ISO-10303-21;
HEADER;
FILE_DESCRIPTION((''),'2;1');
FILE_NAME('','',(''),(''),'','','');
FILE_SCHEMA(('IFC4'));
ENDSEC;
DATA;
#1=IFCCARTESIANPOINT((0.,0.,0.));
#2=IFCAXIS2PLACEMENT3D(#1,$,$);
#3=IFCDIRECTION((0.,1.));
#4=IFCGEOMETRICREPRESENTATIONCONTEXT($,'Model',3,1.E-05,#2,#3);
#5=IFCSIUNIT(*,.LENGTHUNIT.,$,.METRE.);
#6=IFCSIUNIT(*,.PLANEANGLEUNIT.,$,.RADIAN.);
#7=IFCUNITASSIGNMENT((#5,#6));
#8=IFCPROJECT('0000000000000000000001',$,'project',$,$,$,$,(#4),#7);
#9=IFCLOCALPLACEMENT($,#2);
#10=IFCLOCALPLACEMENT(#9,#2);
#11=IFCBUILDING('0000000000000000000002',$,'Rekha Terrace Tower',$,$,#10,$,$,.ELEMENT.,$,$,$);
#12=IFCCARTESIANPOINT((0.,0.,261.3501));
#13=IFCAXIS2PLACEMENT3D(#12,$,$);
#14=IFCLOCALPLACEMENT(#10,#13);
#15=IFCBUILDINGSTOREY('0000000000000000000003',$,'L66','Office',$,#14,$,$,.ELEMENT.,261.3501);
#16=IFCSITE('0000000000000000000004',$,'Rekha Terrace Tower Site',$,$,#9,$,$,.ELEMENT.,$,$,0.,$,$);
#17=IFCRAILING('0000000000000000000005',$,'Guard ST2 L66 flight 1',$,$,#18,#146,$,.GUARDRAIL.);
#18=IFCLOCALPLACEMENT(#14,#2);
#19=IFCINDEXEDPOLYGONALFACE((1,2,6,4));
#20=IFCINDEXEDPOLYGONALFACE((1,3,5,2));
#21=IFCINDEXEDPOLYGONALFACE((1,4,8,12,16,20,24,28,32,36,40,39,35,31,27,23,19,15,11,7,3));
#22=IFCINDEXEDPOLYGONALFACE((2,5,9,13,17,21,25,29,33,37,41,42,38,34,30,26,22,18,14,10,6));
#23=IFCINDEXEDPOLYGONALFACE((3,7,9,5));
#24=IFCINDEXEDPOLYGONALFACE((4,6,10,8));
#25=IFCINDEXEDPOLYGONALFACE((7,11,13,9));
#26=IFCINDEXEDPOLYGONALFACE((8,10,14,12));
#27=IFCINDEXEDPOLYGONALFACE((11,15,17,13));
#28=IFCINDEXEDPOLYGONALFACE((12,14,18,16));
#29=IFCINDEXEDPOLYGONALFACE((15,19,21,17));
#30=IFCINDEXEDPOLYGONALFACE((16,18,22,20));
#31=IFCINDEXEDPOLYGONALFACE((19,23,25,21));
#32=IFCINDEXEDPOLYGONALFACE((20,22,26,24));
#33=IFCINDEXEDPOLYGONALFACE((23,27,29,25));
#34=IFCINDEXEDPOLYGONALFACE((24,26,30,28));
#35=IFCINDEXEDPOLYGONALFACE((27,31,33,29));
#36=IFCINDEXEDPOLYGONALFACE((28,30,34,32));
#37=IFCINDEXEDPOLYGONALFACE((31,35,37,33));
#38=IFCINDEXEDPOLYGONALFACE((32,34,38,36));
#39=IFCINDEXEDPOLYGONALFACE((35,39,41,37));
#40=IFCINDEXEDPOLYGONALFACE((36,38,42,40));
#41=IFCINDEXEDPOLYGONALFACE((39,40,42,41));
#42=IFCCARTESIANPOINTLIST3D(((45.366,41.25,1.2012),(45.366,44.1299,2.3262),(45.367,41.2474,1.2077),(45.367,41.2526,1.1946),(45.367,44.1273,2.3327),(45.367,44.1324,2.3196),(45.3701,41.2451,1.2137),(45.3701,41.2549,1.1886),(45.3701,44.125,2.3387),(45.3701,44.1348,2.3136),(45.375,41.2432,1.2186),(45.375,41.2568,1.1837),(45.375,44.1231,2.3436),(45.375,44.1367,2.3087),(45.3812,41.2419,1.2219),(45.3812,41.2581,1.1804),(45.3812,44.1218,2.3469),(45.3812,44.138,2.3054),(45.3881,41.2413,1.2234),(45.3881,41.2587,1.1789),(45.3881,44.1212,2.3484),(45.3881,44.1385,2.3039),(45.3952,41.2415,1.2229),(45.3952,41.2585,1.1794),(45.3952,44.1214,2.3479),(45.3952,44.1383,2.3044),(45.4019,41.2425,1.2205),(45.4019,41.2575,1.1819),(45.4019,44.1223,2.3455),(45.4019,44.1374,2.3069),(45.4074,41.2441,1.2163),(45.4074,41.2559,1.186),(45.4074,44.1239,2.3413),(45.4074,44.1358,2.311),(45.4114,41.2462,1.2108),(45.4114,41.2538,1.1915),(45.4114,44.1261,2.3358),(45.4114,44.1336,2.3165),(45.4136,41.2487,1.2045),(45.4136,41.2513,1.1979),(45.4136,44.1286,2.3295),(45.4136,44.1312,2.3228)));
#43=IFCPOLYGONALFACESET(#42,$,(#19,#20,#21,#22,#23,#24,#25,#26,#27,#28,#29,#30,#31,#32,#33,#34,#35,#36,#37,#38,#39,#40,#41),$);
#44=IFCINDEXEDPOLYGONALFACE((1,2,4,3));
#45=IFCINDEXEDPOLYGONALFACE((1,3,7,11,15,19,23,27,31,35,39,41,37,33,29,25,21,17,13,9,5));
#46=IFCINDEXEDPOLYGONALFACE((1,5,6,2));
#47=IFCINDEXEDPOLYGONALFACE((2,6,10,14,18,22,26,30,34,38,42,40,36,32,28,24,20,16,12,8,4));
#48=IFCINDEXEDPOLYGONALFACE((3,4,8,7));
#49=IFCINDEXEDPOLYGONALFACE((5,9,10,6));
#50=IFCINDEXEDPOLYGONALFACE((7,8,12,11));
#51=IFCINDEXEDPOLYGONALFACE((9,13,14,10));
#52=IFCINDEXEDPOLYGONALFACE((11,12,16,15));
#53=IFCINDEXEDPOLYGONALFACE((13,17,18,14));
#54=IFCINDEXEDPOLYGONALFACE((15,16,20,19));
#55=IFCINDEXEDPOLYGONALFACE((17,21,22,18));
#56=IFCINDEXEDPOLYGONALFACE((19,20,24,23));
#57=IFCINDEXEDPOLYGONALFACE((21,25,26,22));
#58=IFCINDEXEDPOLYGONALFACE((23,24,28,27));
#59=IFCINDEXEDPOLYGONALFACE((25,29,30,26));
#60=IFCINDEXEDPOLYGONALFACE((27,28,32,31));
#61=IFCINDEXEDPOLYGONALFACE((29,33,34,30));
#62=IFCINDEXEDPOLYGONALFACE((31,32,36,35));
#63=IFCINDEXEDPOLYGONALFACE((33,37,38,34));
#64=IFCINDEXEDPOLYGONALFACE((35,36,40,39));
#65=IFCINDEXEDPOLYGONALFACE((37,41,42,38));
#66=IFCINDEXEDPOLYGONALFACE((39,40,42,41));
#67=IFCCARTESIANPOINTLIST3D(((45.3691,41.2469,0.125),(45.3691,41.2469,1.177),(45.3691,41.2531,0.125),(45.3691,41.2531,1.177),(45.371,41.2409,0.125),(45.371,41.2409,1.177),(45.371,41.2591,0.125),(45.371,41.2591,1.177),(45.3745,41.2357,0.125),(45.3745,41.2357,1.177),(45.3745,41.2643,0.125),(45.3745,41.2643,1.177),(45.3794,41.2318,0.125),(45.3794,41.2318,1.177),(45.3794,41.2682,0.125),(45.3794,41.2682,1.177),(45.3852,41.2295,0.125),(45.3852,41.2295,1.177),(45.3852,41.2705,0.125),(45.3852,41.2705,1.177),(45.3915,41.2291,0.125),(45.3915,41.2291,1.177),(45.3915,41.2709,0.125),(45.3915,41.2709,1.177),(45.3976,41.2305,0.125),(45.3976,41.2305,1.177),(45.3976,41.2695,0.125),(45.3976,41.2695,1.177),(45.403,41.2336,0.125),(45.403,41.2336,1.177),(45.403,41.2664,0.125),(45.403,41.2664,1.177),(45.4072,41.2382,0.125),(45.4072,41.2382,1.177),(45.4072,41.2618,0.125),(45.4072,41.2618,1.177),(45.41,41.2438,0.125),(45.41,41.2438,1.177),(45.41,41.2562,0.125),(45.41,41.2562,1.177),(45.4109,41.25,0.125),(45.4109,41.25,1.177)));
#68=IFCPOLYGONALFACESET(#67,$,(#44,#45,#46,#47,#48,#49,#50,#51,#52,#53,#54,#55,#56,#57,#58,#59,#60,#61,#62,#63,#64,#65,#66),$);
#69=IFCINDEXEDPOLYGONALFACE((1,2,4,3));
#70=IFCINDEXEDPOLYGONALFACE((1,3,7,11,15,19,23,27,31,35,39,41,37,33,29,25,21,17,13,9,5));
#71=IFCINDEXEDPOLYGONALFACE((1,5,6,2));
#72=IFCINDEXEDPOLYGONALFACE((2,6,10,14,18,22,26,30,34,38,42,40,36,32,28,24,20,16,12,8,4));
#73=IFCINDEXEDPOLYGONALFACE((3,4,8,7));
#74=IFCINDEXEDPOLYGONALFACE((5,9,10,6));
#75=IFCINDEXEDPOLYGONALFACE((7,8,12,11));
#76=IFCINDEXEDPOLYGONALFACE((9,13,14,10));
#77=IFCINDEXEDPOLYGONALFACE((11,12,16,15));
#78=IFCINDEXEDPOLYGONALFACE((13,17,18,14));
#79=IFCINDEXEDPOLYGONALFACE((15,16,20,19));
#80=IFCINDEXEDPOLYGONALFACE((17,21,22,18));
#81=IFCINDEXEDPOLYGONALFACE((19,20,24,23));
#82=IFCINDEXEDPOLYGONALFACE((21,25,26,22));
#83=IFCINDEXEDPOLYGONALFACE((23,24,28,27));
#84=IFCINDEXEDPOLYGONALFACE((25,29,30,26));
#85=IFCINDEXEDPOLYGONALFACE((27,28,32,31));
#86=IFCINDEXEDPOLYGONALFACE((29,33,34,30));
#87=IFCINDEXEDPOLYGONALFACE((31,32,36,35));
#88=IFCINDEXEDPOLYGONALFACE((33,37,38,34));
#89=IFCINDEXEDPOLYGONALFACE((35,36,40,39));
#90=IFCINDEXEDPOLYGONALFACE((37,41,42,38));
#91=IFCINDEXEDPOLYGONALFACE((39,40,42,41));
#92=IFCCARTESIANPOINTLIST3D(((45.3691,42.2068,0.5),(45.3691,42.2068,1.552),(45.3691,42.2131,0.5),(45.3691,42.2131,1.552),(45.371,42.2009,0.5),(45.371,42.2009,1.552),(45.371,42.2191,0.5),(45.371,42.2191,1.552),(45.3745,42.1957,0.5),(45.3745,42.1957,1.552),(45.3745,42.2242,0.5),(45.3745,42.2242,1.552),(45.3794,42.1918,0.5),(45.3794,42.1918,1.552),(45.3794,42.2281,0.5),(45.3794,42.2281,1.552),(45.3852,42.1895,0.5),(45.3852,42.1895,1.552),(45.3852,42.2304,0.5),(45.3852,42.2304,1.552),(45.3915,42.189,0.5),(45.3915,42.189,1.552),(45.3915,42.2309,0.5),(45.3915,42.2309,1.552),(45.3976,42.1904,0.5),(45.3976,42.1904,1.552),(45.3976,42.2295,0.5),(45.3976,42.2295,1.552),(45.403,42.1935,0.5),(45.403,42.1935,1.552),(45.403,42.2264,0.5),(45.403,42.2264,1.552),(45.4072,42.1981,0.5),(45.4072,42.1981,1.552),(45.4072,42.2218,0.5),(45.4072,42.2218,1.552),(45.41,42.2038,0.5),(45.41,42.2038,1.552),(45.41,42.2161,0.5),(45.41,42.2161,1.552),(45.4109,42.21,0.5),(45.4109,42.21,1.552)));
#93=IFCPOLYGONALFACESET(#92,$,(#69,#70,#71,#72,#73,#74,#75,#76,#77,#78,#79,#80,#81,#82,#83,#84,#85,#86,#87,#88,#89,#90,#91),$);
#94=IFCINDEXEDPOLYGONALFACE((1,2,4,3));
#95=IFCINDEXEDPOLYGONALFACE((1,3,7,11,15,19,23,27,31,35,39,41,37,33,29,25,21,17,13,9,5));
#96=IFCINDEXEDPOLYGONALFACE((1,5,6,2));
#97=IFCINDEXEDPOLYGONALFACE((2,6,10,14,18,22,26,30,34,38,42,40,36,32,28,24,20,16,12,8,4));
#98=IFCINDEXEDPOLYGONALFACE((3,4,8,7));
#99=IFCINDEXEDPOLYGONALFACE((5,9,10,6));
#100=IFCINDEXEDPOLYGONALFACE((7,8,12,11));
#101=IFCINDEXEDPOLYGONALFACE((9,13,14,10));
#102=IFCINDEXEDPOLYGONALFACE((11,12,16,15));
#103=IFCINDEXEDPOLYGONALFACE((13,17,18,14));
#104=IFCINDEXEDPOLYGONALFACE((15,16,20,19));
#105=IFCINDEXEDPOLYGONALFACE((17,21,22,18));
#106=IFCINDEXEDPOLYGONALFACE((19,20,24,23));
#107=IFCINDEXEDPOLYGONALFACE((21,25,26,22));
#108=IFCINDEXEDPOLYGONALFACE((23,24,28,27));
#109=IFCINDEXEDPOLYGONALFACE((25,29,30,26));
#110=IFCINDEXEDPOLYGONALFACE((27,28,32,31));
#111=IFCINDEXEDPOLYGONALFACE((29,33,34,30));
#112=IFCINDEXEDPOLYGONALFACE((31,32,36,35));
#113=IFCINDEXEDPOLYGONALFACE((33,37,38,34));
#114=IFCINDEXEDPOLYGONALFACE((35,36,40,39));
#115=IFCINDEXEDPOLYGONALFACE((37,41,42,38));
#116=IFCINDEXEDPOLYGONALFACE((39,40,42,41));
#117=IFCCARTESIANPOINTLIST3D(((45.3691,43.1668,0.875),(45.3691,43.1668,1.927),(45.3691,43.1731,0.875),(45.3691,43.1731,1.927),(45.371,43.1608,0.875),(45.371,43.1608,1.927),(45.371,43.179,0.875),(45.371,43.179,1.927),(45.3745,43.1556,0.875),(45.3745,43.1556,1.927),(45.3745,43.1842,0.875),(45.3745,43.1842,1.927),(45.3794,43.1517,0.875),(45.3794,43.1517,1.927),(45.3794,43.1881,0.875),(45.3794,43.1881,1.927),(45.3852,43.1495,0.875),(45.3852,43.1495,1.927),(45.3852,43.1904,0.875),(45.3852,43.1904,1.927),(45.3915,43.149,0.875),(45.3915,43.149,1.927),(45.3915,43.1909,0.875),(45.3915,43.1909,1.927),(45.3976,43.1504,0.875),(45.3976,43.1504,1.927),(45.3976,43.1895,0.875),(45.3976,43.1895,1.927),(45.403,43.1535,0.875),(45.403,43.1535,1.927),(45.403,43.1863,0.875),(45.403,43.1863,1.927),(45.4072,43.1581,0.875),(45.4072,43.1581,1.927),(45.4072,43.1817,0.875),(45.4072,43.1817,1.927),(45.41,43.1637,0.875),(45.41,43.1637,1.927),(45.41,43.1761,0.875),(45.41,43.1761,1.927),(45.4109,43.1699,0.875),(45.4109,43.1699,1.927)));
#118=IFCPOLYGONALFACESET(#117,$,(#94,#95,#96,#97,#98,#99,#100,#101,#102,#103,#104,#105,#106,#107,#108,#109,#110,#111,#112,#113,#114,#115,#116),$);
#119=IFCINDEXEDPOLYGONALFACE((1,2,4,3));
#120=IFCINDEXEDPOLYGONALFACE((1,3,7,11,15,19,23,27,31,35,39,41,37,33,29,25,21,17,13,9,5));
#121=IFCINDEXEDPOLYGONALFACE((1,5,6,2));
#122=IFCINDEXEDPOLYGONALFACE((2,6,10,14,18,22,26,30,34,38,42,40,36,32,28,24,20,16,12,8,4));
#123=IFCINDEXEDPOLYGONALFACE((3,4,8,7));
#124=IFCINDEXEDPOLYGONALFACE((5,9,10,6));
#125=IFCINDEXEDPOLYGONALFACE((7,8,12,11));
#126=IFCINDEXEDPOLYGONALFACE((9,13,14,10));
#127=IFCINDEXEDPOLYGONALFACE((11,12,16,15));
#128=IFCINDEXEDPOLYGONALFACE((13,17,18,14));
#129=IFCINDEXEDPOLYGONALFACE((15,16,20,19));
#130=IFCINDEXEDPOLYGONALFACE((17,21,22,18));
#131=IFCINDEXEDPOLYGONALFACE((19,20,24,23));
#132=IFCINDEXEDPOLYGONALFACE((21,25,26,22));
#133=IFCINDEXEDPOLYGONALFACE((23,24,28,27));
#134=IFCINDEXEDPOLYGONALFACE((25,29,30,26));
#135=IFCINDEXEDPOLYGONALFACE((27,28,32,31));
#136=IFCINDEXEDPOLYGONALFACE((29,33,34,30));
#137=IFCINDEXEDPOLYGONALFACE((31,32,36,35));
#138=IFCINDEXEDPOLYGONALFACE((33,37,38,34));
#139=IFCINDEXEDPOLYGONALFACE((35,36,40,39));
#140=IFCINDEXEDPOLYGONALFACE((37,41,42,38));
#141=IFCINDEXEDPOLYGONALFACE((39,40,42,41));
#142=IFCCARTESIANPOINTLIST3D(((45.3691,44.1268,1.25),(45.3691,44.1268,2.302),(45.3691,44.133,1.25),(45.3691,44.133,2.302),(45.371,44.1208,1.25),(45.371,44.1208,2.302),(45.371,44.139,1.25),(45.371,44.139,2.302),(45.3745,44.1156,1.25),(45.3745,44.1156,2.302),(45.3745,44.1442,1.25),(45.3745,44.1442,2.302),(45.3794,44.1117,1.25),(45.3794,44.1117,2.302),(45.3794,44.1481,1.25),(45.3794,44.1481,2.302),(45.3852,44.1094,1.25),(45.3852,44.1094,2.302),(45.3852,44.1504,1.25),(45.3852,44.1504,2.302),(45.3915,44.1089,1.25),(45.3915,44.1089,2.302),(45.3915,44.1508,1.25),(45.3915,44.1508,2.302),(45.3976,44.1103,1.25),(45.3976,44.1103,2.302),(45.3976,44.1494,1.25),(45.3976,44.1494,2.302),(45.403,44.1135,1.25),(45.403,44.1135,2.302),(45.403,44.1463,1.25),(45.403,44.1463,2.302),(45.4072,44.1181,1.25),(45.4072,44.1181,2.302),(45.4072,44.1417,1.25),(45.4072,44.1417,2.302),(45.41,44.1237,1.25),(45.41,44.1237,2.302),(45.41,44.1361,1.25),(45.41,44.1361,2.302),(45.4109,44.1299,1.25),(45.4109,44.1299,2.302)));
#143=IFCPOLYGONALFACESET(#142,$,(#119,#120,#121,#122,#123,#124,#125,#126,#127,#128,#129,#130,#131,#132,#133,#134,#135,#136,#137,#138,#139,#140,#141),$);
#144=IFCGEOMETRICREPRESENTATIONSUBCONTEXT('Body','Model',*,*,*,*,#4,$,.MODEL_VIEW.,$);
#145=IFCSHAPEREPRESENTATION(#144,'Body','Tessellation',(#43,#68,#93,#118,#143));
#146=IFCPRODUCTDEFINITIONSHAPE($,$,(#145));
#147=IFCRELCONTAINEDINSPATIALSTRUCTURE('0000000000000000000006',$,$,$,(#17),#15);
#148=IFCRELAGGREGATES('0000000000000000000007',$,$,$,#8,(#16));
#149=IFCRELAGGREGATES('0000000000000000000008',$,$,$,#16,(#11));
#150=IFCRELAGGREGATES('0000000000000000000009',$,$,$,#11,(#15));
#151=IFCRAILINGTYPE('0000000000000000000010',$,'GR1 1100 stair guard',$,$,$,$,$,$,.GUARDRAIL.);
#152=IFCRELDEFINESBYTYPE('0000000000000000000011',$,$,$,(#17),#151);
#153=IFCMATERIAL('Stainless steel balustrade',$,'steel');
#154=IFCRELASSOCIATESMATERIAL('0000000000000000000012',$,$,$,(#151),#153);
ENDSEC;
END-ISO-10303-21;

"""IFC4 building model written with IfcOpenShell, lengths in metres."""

from ifc_helpers import new_model, si_unit, direction, frame, origin, origin_2d, place, context, subcontext, project, spatial, circle, extrude, material, type_object, element, save


model = new_model("IFC4")

# Units and contexts
model_context = context("Model", 3, precision=1e-05, world=origin(), true_north=direction((0.0, 1.0)))
body_context = subcontext(model_context, "Body", "Model", "MODEL_VIEW")
ifc_project = project(units=[si_unit("LENGTHUNIT", "METRE"), si_unit("PLANEANGLEUNIT", "RADIAN")], contexts=[model_context])

# Site, building, storey
site_placement = place(None, origin())
site = spatial("IfcSite", under=ifc_project, at=site_placement, Name="Rekha Terrace Tower Site", CompositionType="ELEMENT", RefElevation=0.0)
building_placement = place(site_placement, origin())
building = spatial("IfcBuilding", under=site, at=building_placement, Name="Rekha Terrace Tower", CompositionType="ELEMENT")
storey_placement = place(building_placement, frame((0.0, 0.0, 261.3501)))
storey = spatial("IfcBuildingStorey", under=building, at=storey_placement, Name="L66", Description="Office", CompositionType="ELEMENT", Elevation=261.3501)

# Railing
ifc_material_1 = material(Name="Stainless steel balustrade", Category="steel")
railing_type_1 = type_object("IfcRailingType", Name="GR1 1100 stair guard", PredefinedType="GUARDRAIL", material=ifc_material_1)
railing_1_placement = place(storey_placement, frame((45.3899, 41.25, 0.125)))
element("IfcRailing", 1, at=railing_1_placement, inside=storey, type_object=railing_type_1, Name="Guard ST2 L66 flight 1", PredefinedType="GUARDRAIL", context=body_context, shape_type="SweptSolid", body=[
    extrude(circle(Radius=0.0239, at=origin_2d()), frame((0.0, 0.0, 1.0762), z_axis=(0.0, 0.931452, 0.363863), x_axis=(-1.0, 0.0, 0.0)), (0.0, 0.0, 1.0), 3.0918),
    extrude(circle(Radius=0.021, at=origin_2d()), origin(), (0.0, 0.0, 1.0), 1.052),
    extrude(circle(Radius=0.021, at=origin_2d()), frame((0.0, 0.96, 0.375)), (0.0, 0.0, 1.0), 1.052),
    extrude(circle(Radius=0.021, at=origin_2d()), frame((0.0, 1.9199, 0.75)), (0.0, 0.0, 1.0), 1.052),
    extrude(circle(Radius=0.021, at=origin_2d()), frame((0.0, 2.8799, 1.125)), (0.0, 0.0, 1.0), 1.052),
])

save(model, "model.ifc")
